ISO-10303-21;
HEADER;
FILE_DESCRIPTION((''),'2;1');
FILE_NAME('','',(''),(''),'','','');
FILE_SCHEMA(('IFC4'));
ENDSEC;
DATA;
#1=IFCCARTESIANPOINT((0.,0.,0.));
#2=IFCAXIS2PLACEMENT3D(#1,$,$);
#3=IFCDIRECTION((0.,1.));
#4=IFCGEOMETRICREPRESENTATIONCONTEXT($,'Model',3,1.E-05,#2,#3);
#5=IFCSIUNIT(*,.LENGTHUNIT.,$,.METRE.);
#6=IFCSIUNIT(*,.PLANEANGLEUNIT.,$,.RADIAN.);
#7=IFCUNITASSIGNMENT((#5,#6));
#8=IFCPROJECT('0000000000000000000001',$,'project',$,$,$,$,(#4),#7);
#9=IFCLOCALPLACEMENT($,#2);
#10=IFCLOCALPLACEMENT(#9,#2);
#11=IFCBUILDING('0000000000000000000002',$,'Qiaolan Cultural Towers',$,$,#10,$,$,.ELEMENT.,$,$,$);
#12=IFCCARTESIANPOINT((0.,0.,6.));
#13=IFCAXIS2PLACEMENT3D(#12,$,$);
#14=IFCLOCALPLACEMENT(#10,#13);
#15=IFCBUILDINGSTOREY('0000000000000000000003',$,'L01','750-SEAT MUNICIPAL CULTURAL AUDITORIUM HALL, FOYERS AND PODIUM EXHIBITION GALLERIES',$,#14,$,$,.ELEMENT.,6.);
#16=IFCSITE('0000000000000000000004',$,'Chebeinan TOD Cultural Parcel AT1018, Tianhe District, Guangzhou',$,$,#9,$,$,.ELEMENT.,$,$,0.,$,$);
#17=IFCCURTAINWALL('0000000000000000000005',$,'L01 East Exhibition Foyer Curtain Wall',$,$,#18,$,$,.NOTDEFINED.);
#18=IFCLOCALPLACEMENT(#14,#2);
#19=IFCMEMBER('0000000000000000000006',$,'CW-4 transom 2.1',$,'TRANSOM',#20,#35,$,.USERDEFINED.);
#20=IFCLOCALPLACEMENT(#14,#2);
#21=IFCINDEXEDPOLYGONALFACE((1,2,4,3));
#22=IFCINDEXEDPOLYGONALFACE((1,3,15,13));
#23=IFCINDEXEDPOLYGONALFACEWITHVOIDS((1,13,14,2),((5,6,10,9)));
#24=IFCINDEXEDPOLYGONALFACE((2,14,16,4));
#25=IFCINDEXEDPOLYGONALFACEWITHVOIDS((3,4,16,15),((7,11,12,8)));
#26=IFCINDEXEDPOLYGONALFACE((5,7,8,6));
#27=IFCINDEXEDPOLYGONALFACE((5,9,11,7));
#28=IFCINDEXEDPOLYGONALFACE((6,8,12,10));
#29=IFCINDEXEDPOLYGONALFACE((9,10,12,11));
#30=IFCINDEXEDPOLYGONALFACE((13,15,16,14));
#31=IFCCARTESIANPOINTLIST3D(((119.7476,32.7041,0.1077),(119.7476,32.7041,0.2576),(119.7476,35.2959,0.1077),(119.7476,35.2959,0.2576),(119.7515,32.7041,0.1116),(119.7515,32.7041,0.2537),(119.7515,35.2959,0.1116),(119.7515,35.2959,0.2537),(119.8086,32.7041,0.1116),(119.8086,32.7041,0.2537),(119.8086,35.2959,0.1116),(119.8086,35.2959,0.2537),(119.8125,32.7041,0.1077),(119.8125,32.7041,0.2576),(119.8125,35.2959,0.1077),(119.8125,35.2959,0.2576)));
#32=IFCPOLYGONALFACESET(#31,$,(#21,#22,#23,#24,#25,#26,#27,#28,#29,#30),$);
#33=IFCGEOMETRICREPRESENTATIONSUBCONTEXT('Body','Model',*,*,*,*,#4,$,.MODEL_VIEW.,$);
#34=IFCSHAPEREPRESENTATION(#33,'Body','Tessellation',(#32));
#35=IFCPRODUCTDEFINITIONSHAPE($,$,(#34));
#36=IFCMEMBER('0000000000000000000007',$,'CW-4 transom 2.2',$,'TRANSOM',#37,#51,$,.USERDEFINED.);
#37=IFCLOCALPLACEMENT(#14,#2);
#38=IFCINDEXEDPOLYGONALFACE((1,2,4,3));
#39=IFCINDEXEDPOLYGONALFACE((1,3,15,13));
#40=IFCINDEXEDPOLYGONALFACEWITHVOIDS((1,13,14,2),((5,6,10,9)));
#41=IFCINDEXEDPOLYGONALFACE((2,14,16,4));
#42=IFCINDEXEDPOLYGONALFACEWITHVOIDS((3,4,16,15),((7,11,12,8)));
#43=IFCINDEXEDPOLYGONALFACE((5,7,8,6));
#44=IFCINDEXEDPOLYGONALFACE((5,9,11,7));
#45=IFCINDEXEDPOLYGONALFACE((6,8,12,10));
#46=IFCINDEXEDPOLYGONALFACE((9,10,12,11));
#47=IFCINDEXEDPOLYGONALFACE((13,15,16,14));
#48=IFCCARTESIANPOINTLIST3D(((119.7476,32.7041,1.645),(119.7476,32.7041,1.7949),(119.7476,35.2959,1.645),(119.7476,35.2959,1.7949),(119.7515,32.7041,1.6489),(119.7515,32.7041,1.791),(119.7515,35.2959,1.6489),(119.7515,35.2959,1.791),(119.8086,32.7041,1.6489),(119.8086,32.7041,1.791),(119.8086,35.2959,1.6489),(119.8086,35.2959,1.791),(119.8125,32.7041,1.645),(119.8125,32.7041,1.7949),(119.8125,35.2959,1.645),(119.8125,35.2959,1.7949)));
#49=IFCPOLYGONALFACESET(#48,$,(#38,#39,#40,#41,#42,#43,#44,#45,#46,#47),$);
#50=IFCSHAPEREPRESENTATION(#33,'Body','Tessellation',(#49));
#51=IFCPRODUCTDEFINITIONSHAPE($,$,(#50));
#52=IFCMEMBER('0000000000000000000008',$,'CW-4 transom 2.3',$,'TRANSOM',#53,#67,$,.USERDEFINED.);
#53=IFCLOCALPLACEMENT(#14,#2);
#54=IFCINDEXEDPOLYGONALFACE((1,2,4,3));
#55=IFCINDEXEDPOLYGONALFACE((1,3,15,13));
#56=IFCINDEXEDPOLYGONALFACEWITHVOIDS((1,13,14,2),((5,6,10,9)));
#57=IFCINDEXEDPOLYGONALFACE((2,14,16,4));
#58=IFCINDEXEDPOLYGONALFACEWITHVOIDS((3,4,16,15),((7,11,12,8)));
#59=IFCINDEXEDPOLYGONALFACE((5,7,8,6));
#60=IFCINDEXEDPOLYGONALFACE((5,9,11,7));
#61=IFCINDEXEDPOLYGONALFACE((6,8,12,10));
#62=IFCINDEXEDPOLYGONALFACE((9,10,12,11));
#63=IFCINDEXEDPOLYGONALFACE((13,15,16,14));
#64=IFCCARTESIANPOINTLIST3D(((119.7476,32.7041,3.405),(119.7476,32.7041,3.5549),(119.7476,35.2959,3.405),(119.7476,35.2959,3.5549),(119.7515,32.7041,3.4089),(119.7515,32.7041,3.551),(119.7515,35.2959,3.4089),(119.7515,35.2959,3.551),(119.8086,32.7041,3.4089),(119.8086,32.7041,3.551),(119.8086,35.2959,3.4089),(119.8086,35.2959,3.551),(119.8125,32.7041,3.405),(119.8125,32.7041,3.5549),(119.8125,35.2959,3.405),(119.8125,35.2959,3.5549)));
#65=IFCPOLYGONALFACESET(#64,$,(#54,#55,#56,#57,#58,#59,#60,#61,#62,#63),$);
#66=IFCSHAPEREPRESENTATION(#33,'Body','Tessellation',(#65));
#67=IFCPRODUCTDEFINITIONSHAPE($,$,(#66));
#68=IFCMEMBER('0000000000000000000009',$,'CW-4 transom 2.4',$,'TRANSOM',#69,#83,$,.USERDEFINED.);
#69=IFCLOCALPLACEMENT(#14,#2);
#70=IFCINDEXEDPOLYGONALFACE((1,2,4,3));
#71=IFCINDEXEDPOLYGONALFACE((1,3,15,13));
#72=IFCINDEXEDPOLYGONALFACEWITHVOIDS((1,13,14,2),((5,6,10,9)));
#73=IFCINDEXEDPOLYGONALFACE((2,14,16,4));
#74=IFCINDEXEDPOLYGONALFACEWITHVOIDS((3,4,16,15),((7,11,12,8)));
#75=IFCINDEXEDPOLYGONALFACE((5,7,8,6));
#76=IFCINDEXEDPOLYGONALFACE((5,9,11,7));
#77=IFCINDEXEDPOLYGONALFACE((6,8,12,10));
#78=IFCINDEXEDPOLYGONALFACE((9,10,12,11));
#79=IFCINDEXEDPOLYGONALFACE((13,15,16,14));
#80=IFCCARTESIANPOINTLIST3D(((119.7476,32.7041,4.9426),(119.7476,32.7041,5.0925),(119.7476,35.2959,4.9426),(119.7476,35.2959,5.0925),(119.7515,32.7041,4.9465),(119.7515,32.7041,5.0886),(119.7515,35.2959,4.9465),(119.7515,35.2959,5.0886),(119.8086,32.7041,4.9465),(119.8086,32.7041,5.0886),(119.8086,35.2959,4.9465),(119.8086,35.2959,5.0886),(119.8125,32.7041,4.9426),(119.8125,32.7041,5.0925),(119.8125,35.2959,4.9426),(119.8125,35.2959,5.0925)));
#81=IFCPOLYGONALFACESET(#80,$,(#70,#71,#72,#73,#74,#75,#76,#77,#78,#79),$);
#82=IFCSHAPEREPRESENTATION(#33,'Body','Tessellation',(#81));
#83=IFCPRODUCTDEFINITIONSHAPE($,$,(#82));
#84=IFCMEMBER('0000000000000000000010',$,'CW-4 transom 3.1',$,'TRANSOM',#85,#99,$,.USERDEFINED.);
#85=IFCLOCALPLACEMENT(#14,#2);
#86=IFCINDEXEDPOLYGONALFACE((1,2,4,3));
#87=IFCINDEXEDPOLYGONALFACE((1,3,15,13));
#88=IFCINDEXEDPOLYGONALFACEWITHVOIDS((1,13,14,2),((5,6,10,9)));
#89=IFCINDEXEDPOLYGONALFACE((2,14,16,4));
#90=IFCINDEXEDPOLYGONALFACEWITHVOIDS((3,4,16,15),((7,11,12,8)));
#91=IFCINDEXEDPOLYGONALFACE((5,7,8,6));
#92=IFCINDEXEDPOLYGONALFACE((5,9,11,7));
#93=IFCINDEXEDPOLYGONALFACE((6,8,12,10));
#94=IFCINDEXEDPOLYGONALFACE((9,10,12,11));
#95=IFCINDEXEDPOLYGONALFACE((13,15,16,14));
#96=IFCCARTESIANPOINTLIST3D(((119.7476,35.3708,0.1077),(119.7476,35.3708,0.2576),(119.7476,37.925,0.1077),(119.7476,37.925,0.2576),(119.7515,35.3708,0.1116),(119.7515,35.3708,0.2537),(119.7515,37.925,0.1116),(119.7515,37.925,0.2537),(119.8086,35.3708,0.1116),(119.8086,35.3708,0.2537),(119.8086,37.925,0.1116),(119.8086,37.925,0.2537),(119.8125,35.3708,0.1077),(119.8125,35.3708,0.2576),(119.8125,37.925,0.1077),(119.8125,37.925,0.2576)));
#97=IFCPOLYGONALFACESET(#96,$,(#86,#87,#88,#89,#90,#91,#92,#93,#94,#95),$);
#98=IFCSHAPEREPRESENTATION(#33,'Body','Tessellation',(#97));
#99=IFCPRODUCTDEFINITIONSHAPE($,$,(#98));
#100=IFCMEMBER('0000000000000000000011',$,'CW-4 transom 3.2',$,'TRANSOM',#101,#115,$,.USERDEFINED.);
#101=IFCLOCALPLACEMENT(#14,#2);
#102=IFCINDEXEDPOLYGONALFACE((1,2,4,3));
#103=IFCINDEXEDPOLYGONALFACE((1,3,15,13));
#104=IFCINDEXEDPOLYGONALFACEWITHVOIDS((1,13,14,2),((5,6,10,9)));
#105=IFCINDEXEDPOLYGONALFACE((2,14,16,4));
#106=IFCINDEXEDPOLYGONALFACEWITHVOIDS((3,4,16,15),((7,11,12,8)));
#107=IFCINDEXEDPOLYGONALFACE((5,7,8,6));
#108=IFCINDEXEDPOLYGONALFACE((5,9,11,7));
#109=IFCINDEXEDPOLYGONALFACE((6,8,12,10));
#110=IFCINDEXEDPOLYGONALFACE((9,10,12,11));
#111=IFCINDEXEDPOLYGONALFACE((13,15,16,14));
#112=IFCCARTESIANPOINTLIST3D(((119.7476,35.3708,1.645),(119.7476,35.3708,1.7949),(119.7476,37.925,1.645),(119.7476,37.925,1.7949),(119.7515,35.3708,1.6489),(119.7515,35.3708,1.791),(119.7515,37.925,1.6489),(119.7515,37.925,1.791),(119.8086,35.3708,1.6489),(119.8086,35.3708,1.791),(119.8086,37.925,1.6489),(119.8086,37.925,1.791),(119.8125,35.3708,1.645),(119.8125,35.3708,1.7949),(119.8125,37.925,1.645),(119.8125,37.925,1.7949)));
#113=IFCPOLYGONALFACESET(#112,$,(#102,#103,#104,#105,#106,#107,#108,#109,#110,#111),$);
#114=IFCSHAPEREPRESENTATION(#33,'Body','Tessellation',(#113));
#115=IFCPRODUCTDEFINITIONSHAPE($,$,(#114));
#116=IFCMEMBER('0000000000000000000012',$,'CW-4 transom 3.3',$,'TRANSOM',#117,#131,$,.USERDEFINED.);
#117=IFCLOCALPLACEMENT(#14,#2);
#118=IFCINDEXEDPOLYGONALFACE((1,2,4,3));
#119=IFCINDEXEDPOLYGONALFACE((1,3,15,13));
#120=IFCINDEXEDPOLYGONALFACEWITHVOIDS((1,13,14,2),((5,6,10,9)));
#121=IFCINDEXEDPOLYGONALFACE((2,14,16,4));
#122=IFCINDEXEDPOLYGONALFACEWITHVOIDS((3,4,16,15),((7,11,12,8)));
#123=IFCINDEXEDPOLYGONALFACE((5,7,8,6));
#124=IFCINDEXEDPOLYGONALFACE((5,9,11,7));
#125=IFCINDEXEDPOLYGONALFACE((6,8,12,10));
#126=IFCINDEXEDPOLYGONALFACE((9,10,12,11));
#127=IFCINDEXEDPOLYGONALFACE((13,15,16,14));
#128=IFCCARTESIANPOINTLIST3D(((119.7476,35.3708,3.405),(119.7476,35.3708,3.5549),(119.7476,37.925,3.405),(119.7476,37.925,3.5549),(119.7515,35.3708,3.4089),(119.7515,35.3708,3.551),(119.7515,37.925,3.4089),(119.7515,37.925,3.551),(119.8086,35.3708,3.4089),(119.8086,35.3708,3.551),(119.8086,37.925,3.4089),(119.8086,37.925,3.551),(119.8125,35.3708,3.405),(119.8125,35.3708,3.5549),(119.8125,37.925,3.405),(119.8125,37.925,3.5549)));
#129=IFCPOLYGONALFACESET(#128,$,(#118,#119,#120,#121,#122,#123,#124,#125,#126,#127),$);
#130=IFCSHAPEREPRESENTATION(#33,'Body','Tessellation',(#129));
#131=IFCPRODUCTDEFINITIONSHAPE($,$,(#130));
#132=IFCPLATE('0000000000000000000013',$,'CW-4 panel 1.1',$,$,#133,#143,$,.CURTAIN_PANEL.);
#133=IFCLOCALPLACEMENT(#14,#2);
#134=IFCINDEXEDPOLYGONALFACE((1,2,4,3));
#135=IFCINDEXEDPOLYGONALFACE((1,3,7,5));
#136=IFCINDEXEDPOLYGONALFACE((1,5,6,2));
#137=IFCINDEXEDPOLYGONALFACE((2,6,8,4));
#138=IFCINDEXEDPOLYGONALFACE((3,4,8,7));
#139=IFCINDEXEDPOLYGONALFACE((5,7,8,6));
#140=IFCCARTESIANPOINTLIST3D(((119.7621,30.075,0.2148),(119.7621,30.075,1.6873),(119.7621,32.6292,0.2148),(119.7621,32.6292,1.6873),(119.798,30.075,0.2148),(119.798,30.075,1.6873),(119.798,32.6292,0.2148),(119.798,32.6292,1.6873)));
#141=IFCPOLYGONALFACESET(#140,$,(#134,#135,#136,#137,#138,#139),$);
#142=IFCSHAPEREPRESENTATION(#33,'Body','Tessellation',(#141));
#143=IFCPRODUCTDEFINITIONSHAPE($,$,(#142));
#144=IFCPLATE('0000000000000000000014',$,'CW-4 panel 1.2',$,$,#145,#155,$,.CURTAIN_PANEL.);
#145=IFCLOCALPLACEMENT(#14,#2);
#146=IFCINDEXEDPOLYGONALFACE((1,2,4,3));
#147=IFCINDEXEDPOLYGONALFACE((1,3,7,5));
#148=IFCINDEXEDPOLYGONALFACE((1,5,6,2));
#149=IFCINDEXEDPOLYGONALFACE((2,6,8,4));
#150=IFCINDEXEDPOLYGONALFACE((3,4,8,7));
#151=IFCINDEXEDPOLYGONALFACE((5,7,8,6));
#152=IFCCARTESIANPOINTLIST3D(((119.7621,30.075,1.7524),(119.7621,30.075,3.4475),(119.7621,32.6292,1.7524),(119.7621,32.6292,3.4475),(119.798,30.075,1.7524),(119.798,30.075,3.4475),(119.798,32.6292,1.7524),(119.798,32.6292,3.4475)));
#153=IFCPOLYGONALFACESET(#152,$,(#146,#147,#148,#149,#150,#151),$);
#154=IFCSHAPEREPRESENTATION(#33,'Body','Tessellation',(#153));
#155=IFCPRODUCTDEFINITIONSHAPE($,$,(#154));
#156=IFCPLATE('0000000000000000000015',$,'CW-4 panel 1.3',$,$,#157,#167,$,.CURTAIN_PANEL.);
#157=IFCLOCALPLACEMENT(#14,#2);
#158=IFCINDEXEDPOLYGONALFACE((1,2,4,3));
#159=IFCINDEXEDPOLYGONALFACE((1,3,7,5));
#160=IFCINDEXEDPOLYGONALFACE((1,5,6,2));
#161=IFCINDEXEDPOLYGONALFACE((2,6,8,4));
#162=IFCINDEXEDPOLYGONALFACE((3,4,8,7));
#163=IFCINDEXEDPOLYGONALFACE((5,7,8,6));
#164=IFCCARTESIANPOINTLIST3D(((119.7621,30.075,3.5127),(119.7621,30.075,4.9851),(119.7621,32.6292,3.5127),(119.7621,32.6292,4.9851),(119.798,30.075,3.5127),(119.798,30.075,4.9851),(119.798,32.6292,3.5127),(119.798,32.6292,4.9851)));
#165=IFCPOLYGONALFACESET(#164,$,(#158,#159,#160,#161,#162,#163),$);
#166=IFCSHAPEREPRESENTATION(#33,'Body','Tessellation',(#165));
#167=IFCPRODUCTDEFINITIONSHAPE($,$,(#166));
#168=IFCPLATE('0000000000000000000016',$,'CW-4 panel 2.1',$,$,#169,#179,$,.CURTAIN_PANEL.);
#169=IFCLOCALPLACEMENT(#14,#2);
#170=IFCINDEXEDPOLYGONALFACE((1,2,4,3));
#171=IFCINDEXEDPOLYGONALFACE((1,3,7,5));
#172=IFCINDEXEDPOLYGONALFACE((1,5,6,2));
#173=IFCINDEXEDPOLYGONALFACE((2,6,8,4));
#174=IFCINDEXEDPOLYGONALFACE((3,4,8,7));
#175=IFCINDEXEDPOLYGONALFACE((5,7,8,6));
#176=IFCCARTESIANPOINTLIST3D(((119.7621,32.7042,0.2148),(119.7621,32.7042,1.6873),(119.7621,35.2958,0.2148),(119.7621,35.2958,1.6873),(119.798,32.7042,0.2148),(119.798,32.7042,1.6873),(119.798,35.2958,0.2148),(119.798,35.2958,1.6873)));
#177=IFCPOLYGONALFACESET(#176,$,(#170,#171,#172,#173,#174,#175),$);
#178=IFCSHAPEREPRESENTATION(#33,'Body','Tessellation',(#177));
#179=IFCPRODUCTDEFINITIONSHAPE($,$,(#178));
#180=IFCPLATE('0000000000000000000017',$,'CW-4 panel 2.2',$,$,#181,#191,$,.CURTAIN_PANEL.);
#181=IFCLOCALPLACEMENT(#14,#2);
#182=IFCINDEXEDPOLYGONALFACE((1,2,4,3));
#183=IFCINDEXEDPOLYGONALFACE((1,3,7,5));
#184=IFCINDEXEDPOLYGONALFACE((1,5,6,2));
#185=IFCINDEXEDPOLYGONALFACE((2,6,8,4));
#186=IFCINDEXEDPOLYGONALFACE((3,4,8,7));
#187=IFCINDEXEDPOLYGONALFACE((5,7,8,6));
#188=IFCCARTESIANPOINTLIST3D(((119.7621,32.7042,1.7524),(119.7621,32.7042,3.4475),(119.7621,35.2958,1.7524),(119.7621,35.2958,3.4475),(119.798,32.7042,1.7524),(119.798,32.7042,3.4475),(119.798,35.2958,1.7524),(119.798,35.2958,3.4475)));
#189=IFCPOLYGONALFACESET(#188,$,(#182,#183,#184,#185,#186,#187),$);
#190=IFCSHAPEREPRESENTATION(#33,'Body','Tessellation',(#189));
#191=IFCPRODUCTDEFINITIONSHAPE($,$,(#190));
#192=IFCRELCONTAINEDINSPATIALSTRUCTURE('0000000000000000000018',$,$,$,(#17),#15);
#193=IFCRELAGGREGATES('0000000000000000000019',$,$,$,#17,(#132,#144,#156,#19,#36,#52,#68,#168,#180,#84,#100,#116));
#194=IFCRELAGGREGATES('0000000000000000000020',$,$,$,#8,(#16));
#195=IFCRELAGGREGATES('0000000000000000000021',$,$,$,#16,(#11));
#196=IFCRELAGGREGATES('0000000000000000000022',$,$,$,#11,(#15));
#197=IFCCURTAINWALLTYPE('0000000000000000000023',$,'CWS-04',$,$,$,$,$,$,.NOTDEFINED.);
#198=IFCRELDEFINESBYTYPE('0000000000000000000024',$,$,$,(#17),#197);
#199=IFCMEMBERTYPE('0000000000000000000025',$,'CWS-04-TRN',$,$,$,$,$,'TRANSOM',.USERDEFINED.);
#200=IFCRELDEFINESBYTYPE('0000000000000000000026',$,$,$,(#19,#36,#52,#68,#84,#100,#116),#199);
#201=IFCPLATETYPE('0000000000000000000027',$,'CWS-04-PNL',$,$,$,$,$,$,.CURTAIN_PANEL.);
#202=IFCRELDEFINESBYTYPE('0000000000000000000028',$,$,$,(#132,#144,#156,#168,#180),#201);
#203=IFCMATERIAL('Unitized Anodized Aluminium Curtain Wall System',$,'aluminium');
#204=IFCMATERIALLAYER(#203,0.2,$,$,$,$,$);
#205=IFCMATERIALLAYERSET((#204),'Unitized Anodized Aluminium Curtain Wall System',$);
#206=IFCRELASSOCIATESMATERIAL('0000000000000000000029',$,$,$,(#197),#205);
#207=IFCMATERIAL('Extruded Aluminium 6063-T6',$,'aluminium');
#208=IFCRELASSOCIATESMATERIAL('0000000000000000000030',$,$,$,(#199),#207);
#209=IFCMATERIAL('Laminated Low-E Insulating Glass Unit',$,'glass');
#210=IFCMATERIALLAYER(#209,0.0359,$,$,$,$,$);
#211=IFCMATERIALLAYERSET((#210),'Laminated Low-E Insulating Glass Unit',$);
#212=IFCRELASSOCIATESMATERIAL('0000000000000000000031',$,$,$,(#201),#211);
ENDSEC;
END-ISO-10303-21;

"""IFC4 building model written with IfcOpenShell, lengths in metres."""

from ifc_helpers import new_model, si_unit, direction, frame, origin, origin_2d, place, context, subcontext, project, spatial, rectangle, hollow_rectangle, extrude, material, layer, layer_set, material_profile, profile_set, type_object, element, aggregate, save


model = new_model("IFC4")

# Units and contexts
model_context = context("Model", 3, precision=1e-05, world=origin(), true_north=direction((0.0, 1.0)))
body_context = subcontext(model_context, "Body", "Model", "MODEL_VIEW")
ifc_project = project(units=[si_unit("LENGTHUNIT", "METRE"), si_unit("PLANEANGLEUNIT", "RADIAN")], contexts=[model_context])

# Site, building, storey
site_placement = place(None, origin())
site = spatial("IfcSite", under=ifc_project, at=site_placement, Name="Chebeinan TOD Cultural Parcel AT1018, Tianhe District, Guangzhou", CompositionType="ELEMENT", RefElevation=0.0)
building_placement = place(site_placement, origin())
building = spatial("IfcBuilding", under=site, at=building_placement, Name="Qiaolan Cultural Towers", CompositionType="ELEMENT")
storey_placement = place(building_placement, frame((0.0, 0.0, 6.0)))
storey = spatial("IfcBuildingStorey", under=building, at=storey_placement, Name="L01", Description="750-SEAT MUNICIPAL CULTURAL AUDITORIUM HALL, FOYERS AND PODIUM EXHIBITION GALLERIES", CompositionType="ELEMENT", Elevation=6.0)

# Curtain wall, members, plates
ifc_material_1 = material(Name="Unitized Anodized Aluminium Curtain Wall System", Category="aluminium")
ifc_layer_1 = layer(ifc_material_1, 0.2)
ifc_layer_set_1 = layer_set([ifc_layer_1], Name="Unitized Anodized Aluminium Curtain Wall System")
curtain_wall_type = type_object("IfcCurtainWallType", Name="CWS-04", PredefinedType="NOTDEFINED", material=ifc_layer_set_1)
curtain_wall_placement = place(storey_placement, origin())
curtain_wall = element("IfcCurtainWall", 1, at=curtain_wall_placement, inside=storey, type_object=curtain_wall_type, Name="L01 East Exhibition Foyer Curtain Wall", PredefinedType="NOTDEFINED")
ifc_material_2 = material(Name="Extruded Aluminium 6063-T6", Category="aluminium")
ifc_material_profile_1 = material_profile(ifc_material_2, hollow_rectangle(XDim=0.0649, YDim=0.1499, WallThickness=0.0039, at=origin_2d()), Name="CWT-150x65x4")
ifc_profile_set_1 = profile_set([ifc_material_profile_1], Name="Extruded Aluminium 6063-T6")
member_type_1 = type_object("IfcMemberType", Name="CWS-04-TRN", ElementType="TRANSOM", PredefinedType="USERDEFINED", material=ifc_profile_set_1)
member_1_placement = place(storey_placement, frame((119.78, 32.7041, 0.1826), z_axis=(0.0, 1.0, 0.0), x_axis=(-1.0, 0.0, 0.0)))
member_1 = element("IfcMember", 2, at=member_1_placement, type_object=member_type_1, Name="CW-4 transom 2.1", ObjectType="TRANSOM", PredefinedType="USERDEFINED", context=body_context, shape_type="SweptSolid", body=[
    extrude(hollow_rectangle(XDim=0.0649, YDim=0.1499, WallThickness=0.0039, at=origin_2d()), origin(), (0.0, 0.0, 1.0), 2.5918),
])
member_2_placement = place(storey_placement, frame((119.78, 32.7041, 1.72), z_axis=(0.0, 1.0, 0.0), x_axis=(-1.0, 0.0, 0.0)))
member_2 = element("IfcMember", 3, at=member_2_placement, type_object=member_type_1, Name="CW-4 transom 2.2", ObjectType="TRANSOM", PredefinedType="USERDEFINED", context=body_context, shape_type="SweptSolid", body=[
    extrude(hollow_rectangle(XDim=0.0649, YDim=0.1499, WallThickness=0.0039, at=origin_2d()), origin(), (0.0, 0.0, 1.0), 2.5918),
])
member_3_placement = place(storey_placement, frame((119.78, 32.7041, 3.48), z_axis=(0.0, 1.0, 0.0), x_axis=(-1.0, 0.0, 0.0)))
member_3 = element("IfcMember", 4, at=member_3_placement, type_object=member_type_1, Name="CW-4 transom 2.3", ObjectType="TRANSOM", PredefinedType="USERDEFINED", context=body_context, shape_type="SweptSolid", body=[
    extrude(hollow_rectangle(XDim=0.0649, YDim=0.1499, WallThickness=0.0039, at=origin_2d()), origin(), (0.0, 0.0, 1.0), 2.5918),
])
member_4_placement = place(storey_placement, frame((119.78, 32.7041, 5.0176), z_axis=(0.0, 1.0, 0.0), x_axis=(-1.0, 0.0, 0.0)))
member_4 = element("IfcMember", 5, at=member_4_placement, type_object=member_type_1, Name="CW-4 transom 2.4", ObjectType="TRANSOM", PredefinedType="USERDEFINED", context=body_context, shape_type="SweptSolid", body=[
    extrude(hollow_rectangle(XDim=0.0649, YDim=0.1499, WallThickness=0.0039, at=origin_2d()), origin(), (0.0, 0.0, 1.0), 2.5918),
])
member_5_placement = place(storey_placement, frame((119.78, 35.3708, 0.1826), z_axis=(0.0, 1.0, 0.0), x_axis=(-1.0, 0.0, 0.0)))
member_5 = element("IfcMember", 6, at=member_5_placement, type_object=member_type_1, Name="CW-4 transom 3.1", ObjectType="TRANSOM", PredefinedType="USERDEFINED", context=body_context, shape_type="SweptSolid", body=[
    extrude(hollow_rectangle(XDim=0.0649, YDim=0.1499, WallThickness=0.0039, at=origin_2d()), origin(), (0.0, 0.0, 1.0), 2.5542),
])
member_6_placement = place(storey_placement, frame((119.78, 35.3708, 1.72), z_axis=(0.0, 1.0, 0.0), x_axis=(-1.0, 0.0, 0.0)))
member_6 = element("IfcMember", 7, at=member_6_placement, type_object=member_type_1, Name="CW-4 transom 3.2", ObjectType="TRANSOM", PredefinedType="USERDEFINED", context=body_context, shape_type="SweptSolid", body=[
    extrude(hollow_rectangle(XDim=0.0649, YDim=0.1499, WallThickness=0.0039, at=origin_2d()), origin(), (0.0, 0.0, 1.0), 2.5542),
])
member_7_placement = place(storey_placement, frame((119.78, 35.3708, 3.48), z_axis=(0.0, 1.0, 0.0), x_axis=(-1.0, 0.0, 0.0)))
member_7 = element("IfcMember", 8, at=member_7_placement, type_object=member_type_1, Name="CW-4 transom 3.3", ObjectType="TRANSOM", PredefinedType="USERDEFINED", context=body_context, shape_type="SweptSolid", body=[
    extrude(hollow_rectangle(XDim=0.0649, YDim=0.1499, WallThickness=0.0039, at=origin_2d()), origin(), (0.0, 0.0, 1.0), 2.5542),
])
ifc_material_3 = material(Name="Laminated Low-E Insulating Glass Unit", Category="glass")
ifc_layer_2 = layer(ifc_material_3, 0.0359)
ifc_layer_set_2 = layer_set([ifc_layer_2], Name="Laminated Low-E Insulating Glass Unit")
plate_type = type_object("IfcPlateType", Name="CWS-04-PNL", PredefinedType="CURTAIN_PANEL", material=ifc_layer_set_2)
plate_1_placement = place(storey_placement, frame((119.78, 31.3521, 0.2148), z_axis=(0.0, 0.0, 1.0), x_axis=(0.0, 1.0, 0.0)))
plate_1 = element("IfcPlate", 9, at=plate_1_placement, type_object=plate_type, Name="CW-4 panel 1.1", PredefinedType="CURTAIN_PANEL", context=body_context, shape_type="SweptSolid", body=[
    extrude(rectangle(XDim=2.5542, YDim=0.0359, at=origin_2d()), origin(), (0.0, 0.0, 1.0), 1.4724),
])
plate_2_placement = place(storey_placement, frame((119.78, 31.3521, 1.7524), z_axis=(0.0, 0.0, 1.0), x_axis=(0.0, 1.0, 0.0)))
plate_2 = element("IfcPlate", 10, at=plate_2_placement, type_object=plate_type, Name="CW-4 panel 1.2", PredefinedType="CURTAIN_PANEL", context=body_context, shape_type="SweptSolid", body=[
    extrude(rectangle(XDim=2.5542, YDim=0.0359, at=origin_2d()), origin(), (0.0, 0.0, 1.0), 1.6951),
])
plate_3_placement = place(storey_placement, frame((119.78, 31.3521, 3.5127), z_axis=(0.0, 0.0, 1.0), x_axis=(0.0, 1.0, 0.0)))
plate_3 = element("IfcPlate", 11, at=plate_3_placement, type_object=plate_type, Name="CW-4 panel 1.3", PredefinedType="CURTAIN_PANEL", context=body_context, shape_type="SweptSolid", body=[
    extrude(rectangle(XDim=2.5542, YDim=0.0359, at=origin_2d()), origin(), (0.0, 0.0, 1.0), 1.4724),
])
plate_4_placement = place(storey_placement, frame((119.78, 34.0, 0.2148), z_axis=(0.0, 0.0, 1.0), x_axis=(0.0, 1.0, 0.0)))
plate_4 = element("IfcPlate", 12, at=plate_4_placement, type_object=plate_type, Name="CW-4 panel 2.1", PredefinedType="CURTAIN_PANEL", context=body_context, shape_type="SweptSolid", body=[
    extrude(rectangle(XDim=2.5916, YDim=0.0359, at=origin_2d()), origin(), (0.0, 0.0, 1.0), 1.4724),
])
plate_5_placement = place(storey_placement, frame((119.78, 34.0, 1.7524), z_axis=(0.0, 0.0, 1.0), x_axis=(0.0, 1.0, 0.0)))
plate_5 = element("IfcPlate", 13, at=plate_5_placement, type_object=plate_type, Name="CW-4 panel 2.2", PredefinedType="CURTAIN_PANEL", context=body_context, shape_type="SweptSolid", body=[
    extrude(rectangle(XDim=2.5916, YDim=0.0359, at=origin_2d()), origin(), (0.0, 0.0, 1.0), 1.6951),
])
aggregate(curtain_wall, [plate_1, plate_2, plate_3, member_1, member_2, member_3, member_4, plate_4, plate_5, member_5, member_6, member_7])

save(model, "model.ifc")
